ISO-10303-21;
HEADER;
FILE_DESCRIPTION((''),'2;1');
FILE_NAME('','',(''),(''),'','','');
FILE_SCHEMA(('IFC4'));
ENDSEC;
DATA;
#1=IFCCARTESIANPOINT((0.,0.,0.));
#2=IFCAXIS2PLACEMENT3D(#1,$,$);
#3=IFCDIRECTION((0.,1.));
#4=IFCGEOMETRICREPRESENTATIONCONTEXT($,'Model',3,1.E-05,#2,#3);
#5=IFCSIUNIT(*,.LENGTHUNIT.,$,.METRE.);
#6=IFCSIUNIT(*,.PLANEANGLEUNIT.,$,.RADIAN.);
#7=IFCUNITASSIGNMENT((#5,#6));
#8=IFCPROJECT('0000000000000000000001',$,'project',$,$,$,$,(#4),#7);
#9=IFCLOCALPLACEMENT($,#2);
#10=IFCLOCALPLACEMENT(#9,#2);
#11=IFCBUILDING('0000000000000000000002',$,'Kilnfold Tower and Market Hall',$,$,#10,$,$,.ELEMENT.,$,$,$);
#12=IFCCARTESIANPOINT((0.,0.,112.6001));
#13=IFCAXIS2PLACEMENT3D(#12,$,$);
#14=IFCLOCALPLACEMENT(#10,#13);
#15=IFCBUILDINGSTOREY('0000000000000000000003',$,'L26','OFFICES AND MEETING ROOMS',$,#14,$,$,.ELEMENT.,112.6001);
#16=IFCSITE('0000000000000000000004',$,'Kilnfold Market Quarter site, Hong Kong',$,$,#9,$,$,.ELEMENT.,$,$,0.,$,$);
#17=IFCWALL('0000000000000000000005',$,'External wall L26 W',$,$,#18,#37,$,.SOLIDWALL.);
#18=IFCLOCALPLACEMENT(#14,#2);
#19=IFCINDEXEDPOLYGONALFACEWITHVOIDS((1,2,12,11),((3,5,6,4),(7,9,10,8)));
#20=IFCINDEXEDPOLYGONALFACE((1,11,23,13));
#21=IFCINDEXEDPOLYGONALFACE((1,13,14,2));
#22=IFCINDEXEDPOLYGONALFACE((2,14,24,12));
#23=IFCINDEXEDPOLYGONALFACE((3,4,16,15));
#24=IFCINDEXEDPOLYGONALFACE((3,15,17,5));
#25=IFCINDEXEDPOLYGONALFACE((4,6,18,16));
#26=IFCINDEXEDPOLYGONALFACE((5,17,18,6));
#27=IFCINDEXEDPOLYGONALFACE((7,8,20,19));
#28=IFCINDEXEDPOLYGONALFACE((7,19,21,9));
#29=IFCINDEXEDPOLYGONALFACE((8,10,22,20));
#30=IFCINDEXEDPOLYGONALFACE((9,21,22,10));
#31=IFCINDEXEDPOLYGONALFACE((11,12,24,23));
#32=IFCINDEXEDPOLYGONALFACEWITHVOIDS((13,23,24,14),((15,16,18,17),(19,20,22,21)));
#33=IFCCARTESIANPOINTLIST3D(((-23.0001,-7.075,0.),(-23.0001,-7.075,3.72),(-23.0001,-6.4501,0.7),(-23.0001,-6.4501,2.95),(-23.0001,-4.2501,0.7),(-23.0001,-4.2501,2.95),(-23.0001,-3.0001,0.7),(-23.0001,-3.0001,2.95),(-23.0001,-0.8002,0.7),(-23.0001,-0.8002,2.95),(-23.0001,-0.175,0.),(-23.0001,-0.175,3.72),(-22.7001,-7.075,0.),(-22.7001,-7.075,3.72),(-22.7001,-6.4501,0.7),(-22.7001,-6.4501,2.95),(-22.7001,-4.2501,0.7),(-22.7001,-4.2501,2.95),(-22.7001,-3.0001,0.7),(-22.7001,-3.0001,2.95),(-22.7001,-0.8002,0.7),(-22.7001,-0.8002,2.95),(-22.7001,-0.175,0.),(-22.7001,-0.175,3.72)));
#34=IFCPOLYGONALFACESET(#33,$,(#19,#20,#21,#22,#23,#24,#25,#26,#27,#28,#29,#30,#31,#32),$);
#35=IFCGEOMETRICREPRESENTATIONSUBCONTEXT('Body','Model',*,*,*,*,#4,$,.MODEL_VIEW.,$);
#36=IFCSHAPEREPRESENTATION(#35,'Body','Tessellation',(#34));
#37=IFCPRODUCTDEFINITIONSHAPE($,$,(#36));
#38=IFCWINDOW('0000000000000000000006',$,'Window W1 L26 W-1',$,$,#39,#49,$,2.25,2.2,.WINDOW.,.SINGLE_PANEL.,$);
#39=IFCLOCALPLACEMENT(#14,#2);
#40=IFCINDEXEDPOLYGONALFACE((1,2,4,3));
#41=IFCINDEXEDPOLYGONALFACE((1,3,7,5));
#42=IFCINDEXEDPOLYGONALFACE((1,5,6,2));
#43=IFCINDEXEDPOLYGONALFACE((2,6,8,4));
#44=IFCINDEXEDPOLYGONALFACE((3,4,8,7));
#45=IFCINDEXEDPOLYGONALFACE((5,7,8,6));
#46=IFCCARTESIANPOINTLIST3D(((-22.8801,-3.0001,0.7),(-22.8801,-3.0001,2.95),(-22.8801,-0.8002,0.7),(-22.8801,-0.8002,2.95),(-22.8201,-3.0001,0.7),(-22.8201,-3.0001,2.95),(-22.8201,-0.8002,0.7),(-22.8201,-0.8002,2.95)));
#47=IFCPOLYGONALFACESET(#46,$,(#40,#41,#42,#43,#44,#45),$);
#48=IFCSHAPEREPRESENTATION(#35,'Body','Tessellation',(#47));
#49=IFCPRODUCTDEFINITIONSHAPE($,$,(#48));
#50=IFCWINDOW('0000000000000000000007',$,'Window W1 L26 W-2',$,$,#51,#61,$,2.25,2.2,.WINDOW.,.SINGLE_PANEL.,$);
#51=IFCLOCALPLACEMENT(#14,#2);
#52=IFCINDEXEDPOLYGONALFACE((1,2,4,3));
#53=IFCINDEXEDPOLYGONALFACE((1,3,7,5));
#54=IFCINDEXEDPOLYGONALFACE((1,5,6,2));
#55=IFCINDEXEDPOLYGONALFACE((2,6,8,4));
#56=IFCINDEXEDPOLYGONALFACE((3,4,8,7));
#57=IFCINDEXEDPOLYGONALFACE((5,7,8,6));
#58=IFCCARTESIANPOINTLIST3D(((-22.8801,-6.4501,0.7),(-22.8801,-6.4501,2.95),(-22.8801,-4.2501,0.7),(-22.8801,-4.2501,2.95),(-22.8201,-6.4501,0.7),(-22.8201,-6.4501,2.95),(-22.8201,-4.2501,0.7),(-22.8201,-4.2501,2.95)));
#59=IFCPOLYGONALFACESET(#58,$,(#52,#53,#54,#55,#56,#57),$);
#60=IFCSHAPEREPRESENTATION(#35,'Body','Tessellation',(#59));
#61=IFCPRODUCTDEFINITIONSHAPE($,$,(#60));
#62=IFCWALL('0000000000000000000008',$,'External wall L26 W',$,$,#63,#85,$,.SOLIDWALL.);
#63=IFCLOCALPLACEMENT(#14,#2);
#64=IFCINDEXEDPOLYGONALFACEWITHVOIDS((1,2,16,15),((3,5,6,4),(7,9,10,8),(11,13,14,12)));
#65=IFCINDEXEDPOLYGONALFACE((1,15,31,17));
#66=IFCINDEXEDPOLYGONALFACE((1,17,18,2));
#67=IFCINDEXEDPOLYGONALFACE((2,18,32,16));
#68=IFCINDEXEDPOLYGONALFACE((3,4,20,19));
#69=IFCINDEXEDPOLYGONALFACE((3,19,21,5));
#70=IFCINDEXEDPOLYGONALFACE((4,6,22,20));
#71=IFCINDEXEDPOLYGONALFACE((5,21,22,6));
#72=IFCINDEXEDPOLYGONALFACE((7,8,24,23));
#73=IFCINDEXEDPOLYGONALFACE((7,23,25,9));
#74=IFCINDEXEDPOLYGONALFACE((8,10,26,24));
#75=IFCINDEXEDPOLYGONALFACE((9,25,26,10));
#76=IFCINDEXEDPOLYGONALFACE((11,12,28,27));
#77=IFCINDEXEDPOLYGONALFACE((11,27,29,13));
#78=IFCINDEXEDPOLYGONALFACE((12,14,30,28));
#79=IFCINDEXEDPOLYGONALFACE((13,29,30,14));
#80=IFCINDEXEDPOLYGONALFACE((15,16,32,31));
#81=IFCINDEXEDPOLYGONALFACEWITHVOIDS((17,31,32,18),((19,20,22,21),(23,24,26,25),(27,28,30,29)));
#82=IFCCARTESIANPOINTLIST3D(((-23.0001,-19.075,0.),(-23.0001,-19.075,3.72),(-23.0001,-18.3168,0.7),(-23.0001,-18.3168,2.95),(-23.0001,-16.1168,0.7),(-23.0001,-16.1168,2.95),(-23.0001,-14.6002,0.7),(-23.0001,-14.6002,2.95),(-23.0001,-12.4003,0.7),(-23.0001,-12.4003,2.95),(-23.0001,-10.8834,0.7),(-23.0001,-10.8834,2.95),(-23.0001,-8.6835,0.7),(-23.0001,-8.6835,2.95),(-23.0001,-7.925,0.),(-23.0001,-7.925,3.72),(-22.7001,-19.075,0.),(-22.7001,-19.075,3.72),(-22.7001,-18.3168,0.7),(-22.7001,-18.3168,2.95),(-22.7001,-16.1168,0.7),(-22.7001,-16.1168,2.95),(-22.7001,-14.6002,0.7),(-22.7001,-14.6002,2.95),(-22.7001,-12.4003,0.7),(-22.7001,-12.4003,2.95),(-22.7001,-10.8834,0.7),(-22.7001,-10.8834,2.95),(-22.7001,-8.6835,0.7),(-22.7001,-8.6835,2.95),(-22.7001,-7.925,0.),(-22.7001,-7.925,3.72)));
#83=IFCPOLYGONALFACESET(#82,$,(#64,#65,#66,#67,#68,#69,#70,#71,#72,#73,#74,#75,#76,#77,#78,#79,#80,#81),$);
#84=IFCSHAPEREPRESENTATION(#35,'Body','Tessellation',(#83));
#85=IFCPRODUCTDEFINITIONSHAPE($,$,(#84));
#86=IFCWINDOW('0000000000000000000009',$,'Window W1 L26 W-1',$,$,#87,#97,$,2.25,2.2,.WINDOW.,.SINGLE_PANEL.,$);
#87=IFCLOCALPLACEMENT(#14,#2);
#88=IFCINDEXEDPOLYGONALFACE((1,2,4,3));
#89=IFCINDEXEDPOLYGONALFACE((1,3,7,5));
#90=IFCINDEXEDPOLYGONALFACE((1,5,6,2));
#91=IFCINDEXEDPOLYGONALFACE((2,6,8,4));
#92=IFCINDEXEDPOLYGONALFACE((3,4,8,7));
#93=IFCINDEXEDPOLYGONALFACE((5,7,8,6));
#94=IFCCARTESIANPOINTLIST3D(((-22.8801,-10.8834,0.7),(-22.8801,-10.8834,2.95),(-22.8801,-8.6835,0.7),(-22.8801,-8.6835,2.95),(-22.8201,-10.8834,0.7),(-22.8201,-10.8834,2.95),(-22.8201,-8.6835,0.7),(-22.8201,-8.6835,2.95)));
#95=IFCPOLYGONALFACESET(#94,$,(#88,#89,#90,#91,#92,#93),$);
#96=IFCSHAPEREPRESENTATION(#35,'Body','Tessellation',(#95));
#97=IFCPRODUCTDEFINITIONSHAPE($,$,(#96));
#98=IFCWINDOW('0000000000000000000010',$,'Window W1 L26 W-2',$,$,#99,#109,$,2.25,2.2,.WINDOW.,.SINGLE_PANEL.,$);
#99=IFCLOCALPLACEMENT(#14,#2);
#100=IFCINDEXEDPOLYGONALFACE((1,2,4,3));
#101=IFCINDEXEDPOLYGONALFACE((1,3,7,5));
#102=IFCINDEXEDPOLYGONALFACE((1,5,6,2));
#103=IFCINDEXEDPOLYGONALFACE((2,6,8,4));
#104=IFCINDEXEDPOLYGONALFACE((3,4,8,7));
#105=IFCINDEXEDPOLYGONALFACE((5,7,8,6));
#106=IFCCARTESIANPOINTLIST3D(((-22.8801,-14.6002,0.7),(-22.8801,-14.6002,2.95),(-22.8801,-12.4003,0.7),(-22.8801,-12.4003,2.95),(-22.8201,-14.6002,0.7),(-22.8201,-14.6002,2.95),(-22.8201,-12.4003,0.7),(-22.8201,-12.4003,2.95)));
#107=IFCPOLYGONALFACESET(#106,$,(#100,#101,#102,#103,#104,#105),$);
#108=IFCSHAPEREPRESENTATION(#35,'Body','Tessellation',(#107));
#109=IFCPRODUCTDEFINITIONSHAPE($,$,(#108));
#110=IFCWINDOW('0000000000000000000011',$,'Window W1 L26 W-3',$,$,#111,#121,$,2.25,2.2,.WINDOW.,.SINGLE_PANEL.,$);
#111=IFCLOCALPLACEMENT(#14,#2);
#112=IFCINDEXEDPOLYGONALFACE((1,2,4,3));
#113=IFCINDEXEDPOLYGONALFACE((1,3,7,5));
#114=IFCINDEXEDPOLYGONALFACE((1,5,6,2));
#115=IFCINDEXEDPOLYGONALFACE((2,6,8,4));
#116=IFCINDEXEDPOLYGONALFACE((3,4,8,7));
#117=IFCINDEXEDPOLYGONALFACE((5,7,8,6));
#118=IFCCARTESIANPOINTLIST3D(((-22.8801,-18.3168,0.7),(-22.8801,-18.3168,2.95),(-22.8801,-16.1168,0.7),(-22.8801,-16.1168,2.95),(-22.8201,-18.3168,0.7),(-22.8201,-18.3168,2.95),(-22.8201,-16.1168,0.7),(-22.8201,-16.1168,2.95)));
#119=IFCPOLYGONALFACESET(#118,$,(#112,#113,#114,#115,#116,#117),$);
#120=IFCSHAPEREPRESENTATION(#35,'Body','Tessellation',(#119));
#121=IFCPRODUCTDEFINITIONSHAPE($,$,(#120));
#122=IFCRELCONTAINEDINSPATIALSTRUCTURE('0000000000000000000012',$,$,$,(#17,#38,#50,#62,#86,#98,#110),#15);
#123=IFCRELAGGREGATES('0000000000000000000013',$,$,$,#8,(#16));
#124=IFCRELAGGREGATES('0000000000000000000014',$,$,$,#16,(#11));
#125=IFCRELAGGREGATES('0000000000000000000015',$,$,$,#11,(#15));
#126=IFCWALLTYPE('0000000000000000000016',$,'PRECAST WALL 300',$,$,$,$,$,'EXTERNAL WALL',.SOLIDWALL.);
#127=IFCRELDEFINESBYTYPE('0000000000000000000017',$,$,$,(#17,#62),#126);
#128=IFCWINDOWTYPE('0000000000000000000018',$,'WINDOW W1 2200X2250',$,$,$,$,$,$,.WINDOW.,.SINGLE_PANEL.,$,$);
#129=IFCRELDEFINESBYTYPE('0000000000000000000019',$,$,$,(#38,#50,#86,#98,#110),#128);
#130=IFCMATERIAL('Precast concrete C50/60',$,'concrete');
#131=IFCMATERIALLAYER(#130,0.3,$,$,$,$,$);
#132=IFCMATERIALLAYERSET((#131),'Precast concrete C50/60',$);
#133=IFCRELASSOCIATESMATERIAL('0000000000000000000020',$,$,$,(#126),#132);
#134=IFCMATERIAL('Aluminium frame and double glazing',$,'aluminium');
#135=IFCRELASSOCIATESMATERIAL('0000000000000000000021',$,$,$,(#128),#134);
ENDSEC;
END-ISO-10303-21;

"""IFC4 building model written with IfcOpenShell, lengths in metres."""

from ifc_helpers import new_model, si_unit, direction, frame, frame_2d, origin, place, context, subcontext, project, spatial, rectangle, extrude, source, transform, mapped, material, layer, layer_set, type_object, element, fill, save


model = new_model("IFC4")

# Units and contexts
model_context = context("Model", 3, precision=1e-05, world=origin(), true_north=direction((0.0, 1.0)))
body_context = subcontext(model_context, "Body", "Model", "MODEL_VIEW")
ifc_project = project(units=[si_unit("LENGTHUNIT", "METRE"), si_unit("PLANEANGLEUNIT", "RADIAN")], contexts=[model_context])

# Site, building, storey
site_placement = place(None, origin())
site = spatial("IfcSite", under=ifc_project, at=site_placement, Name="Kilnfold Market Quarter site, Hong Kong", CompositionType="ELEMENT", RefElevation=0.0)
building_placement = place(site_placement, origin())
building = spatial("IfcBuilding", under=site, at=building_placement, Name="Kilnfold Tower and Market Hall", CompositionType="ELEMENT")
storey_placement = place(building_placement, frame((0.0, 0.0, 112.6001)))
storey = spatial("IfcBuildingStorey", under=building, at=storey_placement, Name="L26", Description="OFFICES AND MEETING ROOMS", CompositionType="ELEMENT", Elevation=112.6001)

# Walls, openings, windows
ifc_material_1 = material(Name="Precast concrete C50/60", Category="concrete")
ifc_layer_1 = layer(ifc_material_1, 0.3)
ifc_layer_set_1 = layer_set([ifc_layer_1], Name="Precast concrete C50/60")
wall_type_1 = type_object("IfcWallType", Name="PRECAST WALL 300", ElementType="EXTERNAL WALL", PredefinedType="SOLIDWALL", material=ifc_layer_set_1)
shared_shape_1 = source(origin(), body_context, "Body", "SweptSolid", [
    extrude(rectangle(XDim=6.8999, YDim=0.3, at=frame_2d((3.45, 0.0))), origin(), (0.0, 0.0, 1.0), 3.72),
])
wall_1_placement = place(storey_placement, frame((-22.8501, -0.175, 0.0), z_axis=(0.0, 0.0, 1.0), x_axis=(0.0, -1.0, 0.0)))
wall_1 = element("IfcWall", 1, at=wall_1_placement, inside=storey, type_object=wall_type_1, Name="External wall L26 W", PredefinedType="SOLIDWALL", context=body_context, shape_type="MappedRepresentation", body=[
    mapped(shared_shape_1, transform((0.0, 0.0, 0.0))),
])
opening_1_placement = place(wall_1_placement, frame((0.625, 0.0, 0.7)))
opening_1 = element("IfcOpeningElement", 2, at=opening_1_placement, cuts=wall_1, PredefinedType="OPENING", context=body_context, shape_type="SweptSolid", body=[
    extrude(rectangle(XDim=2.2, YDim=2.25, at=frame_2d((1.1001, 1.125))), frame((0.0, 0.1602, 0.0), z_axis=(0.0, -1.0, 0.0), x_axis=(1.0, 0.0, 0.0)), (0.0, 0.0, 1.0), 0.3201),
])
opening_2_placement = place(wall_1_placement, frame((4.075, 0.0, 0.7)))
opening_2 = element("IfcOpeningElement", 3, at=opening_2_placement, cuts=wall_1, PredefinedType="OPENING", context=body_context, shape_type="SweptSolid", body=[
    extrude(rectangle(XDim=2.2, YDim=2.25, at=frame_2d((1.1001, 1.125))), frame((0.0, 0.1602, 0.0), z_axis=(0.0, -1.0, 0.0), x_axis=(1.0, 0.0, 0.0)), (0.0, 0.0, 1.0), 0.3201),
])
ifc_material_2 = material(Name="Aluminium frame and double glazing", Category="aluminium")
window_type = type_object("IfcWindowType", Name="WINDOW W1 2200X2250", PartitioningType="SINGLE_PANEL", PredefinedType="WINDOW", material=ifc_material_2)
window_1_placement = place(opening_1_placement, origin())
window_1 = element("IfcWindow", 4, at=window_1_placement, inside=storey, type_object=window_type, Name="Window W1 L26 W-1", OverallHeight=2.25, OverallWidth=2.2, PartitioningType="SINGLE_PANEL", PredefinedType="WINDOW", context=body_context, shape_type="SweptSolid", body=[
    extrude(rectangle(XDim=2.2, YDim=2.25, at=frame_2d((1.1001, 1.125))), frame((0.0, 0.03, 0.0), z_axis=(0.0, -1.0, 0.0), x_axis=(1.0, 0.0, 0.0)), (0.0, 0.0, 1.0), 0.0601),
])
fill(opening_1, window_1)
window_2_placement = place(opening_2_placement, origin())
window_2 = element("IfcWindow", 5, at=window_2_placement, inside=storey, type_object=window_type, Name="Window W1 L26 W-2", OverallHeight=2.25, OverallWidth=2.2, PartitioningType="SINGLE_PANEL", PredefinedType="WINDOW", context=body_context, shape_type="SweptSolid", body=[
    extrude(rectangle(XDim=2.2, YDim=2.25, at=frame_2d((1.1001, 1.125))), frame((0.0, 0.03, 0.0), z_axis=(0.0, -1.0, 0.0), x_axis=(1.0, 0.0, 0.0)), (0.0, 0.0, 1.0), 0.0601),
])
fill(opening_2, window_2)
shared_shape_2 = source(origin(), body_context, "Body", "SweptSolid", [
    extrude(rectangle(XDim=11.1499, YDim=0.3, at=frame_2d((5.575, 0.0))), origin(), (0.0, 0.0, 1.0), 3.72),
])
wall_2_placement = place(storey_placement, frame((-22.8501, -7.925, 0.0), z_axis=(0.0, 0.0, 1.0), x_axis=(0.0, -1.0, 0.0)))
wall_2 = element("IfcWall", 6, at=wall_2_placement, inside=storey, type_object=wall_type_1, Name="External wall L26 W", PredefinedType="SOLIDWALL", context=body_context, shape_type="MappedRepresentation", body=[
    mapped(shared_shape_2, transform((0.0, 0.0, 0.0))),
])
opening_3_placement = place(wall_2_placement, frame((0.7583, 0.0, 0.7)))
opening_3 = element("IfcOpeningElement", 7, at=opening_3_placement, cuts=wall_2, PredefinedType="OPENING", context=body_context, shape_type="SweptSolid", body=[
    extrude(rectangle(XDim=2.2, YDim=2.25, at=frame_2d((1.1001, 1.125))), frame((0.0, 0.1602, 0.0), z_axis=(0.0, -1.0, 0.0), x_axis=(1.0, 0.0, 0.0)), (0.0, 0.0, 1.0), 0.3201),
])
opening_4_placement = place(wall_2_placement, frame((4.4751, 0.0, 0.7)))
opening_4 = element("IfcOpeningElement", 8, at=opening_4_placement, cuts=wall_2, PredefinedType="OPENING", context=body_context, shape_type="SweptSolid", body=[
    extrude(rectangle(XDim=2.2, YDim=2.25, at=frame_2d((1.1001, 1.125))), frame((0.0, 0.1602, 0.0), z_axis=(0.0, -1.0, 0.0), x_axis=(1.0, 0.0, 0.0)), (0.0, 0.0, 1.0), 0.3201),
])
opening_5_placement = place(wall_2_placement, frame((8.1917, 0.0, 0.7)))
opening_5 = element("IfcOpeningElement", 9, at=opening_5_placement, cuts=wall_2, PredefinedType="OPENING", context=body_context, shape_type="SweptSolid", body=[
    extrude(rectangle(XDim=2.2, YDim=2.25, at=frame_2d((1.1001, 1.125))), frame((0.0, 0.1602, 0.0), z_axis=(0.0, -1.0, 0.0), x_axis=(1.0, 0.0, 0.0)), (0.0, 0.0, 1.0), 0.3201),
])
window_3_placement = place(opening_3_placement, origin())
window_3 = element("IfcWindow", 10, at=window_3_placement, inside=storey, type_object=window_type, Name="Window W1 L26 W-1", OverallHeight=2.25, OverallWidth=2.2, PartitioningType="SINGLE_PANEL", PredefinedType="WINDOW", context=body_context, shape_type="SweptSolid", body=[
    extrude(rectangle(XDim=2.2, YDim=2.25, at=frame_2d((1.1001, 1.125))), frame((0.0, 0.03, 0.0), z_axis=(0.0, -1.0, 0.0), x_axis=(1.0, 0.0, 0.0)), (0.0, 0.0, 1.0), 0.0601),
])
fill(opening_3, window_3)
window_4_placement = place(opening_4_placement, origin())
window_4 = element("IfcWindow", 11, at=window_4_placement, inside=storey, type_object=window_type, Name="Window W1 L26 W-2", OverallHeight=2.25, OverallWidth=2.2, PartitioningType="SINGLE_PANEL", PredefinedType="WINDOW", context=body_context, shape_type="SweptSolid", body=[
    extrude(rectangle(XDim=2.2, YDim=2.25, at=frame_2d((1.1001, 1.125))), frame((0.0, 0.03, 0.0), z_axis=(0.0, -1.0, 0.0), x_axis=(1.0, 0.0, 0.0)), (0.0, 0.0, 1.0), 0.0601),
])
fill(opening_4, window_4)
window_5_placement = place(opening_5_placement, origin())
window_5 = element("IfcWindow", 12, at=window_5_placement, inside=storey, type_object=window_type, Name="Window W1 L26 W-3", OverallHeight=2.25, OverallWidth=2.2, PartitioningType="SINGLE_PANEL", PredefinedType="WINDOW", context=body_context, shape_type="SweptSolid", body=[
    extrude(rectangle(XDim=2.2, YDim=2.25, at=frame_2d((1.1001, 1.125))), frame((0.0, 0.03, 0.0), z_axis=(0.0, -1.0, 0.0), x_axis=(1.0, 0.0, 0.0)), (0.0, 0.0, 1.0), 0.0601),
])
fill(opening_5, window_5)

save(model, "model.ifc")
